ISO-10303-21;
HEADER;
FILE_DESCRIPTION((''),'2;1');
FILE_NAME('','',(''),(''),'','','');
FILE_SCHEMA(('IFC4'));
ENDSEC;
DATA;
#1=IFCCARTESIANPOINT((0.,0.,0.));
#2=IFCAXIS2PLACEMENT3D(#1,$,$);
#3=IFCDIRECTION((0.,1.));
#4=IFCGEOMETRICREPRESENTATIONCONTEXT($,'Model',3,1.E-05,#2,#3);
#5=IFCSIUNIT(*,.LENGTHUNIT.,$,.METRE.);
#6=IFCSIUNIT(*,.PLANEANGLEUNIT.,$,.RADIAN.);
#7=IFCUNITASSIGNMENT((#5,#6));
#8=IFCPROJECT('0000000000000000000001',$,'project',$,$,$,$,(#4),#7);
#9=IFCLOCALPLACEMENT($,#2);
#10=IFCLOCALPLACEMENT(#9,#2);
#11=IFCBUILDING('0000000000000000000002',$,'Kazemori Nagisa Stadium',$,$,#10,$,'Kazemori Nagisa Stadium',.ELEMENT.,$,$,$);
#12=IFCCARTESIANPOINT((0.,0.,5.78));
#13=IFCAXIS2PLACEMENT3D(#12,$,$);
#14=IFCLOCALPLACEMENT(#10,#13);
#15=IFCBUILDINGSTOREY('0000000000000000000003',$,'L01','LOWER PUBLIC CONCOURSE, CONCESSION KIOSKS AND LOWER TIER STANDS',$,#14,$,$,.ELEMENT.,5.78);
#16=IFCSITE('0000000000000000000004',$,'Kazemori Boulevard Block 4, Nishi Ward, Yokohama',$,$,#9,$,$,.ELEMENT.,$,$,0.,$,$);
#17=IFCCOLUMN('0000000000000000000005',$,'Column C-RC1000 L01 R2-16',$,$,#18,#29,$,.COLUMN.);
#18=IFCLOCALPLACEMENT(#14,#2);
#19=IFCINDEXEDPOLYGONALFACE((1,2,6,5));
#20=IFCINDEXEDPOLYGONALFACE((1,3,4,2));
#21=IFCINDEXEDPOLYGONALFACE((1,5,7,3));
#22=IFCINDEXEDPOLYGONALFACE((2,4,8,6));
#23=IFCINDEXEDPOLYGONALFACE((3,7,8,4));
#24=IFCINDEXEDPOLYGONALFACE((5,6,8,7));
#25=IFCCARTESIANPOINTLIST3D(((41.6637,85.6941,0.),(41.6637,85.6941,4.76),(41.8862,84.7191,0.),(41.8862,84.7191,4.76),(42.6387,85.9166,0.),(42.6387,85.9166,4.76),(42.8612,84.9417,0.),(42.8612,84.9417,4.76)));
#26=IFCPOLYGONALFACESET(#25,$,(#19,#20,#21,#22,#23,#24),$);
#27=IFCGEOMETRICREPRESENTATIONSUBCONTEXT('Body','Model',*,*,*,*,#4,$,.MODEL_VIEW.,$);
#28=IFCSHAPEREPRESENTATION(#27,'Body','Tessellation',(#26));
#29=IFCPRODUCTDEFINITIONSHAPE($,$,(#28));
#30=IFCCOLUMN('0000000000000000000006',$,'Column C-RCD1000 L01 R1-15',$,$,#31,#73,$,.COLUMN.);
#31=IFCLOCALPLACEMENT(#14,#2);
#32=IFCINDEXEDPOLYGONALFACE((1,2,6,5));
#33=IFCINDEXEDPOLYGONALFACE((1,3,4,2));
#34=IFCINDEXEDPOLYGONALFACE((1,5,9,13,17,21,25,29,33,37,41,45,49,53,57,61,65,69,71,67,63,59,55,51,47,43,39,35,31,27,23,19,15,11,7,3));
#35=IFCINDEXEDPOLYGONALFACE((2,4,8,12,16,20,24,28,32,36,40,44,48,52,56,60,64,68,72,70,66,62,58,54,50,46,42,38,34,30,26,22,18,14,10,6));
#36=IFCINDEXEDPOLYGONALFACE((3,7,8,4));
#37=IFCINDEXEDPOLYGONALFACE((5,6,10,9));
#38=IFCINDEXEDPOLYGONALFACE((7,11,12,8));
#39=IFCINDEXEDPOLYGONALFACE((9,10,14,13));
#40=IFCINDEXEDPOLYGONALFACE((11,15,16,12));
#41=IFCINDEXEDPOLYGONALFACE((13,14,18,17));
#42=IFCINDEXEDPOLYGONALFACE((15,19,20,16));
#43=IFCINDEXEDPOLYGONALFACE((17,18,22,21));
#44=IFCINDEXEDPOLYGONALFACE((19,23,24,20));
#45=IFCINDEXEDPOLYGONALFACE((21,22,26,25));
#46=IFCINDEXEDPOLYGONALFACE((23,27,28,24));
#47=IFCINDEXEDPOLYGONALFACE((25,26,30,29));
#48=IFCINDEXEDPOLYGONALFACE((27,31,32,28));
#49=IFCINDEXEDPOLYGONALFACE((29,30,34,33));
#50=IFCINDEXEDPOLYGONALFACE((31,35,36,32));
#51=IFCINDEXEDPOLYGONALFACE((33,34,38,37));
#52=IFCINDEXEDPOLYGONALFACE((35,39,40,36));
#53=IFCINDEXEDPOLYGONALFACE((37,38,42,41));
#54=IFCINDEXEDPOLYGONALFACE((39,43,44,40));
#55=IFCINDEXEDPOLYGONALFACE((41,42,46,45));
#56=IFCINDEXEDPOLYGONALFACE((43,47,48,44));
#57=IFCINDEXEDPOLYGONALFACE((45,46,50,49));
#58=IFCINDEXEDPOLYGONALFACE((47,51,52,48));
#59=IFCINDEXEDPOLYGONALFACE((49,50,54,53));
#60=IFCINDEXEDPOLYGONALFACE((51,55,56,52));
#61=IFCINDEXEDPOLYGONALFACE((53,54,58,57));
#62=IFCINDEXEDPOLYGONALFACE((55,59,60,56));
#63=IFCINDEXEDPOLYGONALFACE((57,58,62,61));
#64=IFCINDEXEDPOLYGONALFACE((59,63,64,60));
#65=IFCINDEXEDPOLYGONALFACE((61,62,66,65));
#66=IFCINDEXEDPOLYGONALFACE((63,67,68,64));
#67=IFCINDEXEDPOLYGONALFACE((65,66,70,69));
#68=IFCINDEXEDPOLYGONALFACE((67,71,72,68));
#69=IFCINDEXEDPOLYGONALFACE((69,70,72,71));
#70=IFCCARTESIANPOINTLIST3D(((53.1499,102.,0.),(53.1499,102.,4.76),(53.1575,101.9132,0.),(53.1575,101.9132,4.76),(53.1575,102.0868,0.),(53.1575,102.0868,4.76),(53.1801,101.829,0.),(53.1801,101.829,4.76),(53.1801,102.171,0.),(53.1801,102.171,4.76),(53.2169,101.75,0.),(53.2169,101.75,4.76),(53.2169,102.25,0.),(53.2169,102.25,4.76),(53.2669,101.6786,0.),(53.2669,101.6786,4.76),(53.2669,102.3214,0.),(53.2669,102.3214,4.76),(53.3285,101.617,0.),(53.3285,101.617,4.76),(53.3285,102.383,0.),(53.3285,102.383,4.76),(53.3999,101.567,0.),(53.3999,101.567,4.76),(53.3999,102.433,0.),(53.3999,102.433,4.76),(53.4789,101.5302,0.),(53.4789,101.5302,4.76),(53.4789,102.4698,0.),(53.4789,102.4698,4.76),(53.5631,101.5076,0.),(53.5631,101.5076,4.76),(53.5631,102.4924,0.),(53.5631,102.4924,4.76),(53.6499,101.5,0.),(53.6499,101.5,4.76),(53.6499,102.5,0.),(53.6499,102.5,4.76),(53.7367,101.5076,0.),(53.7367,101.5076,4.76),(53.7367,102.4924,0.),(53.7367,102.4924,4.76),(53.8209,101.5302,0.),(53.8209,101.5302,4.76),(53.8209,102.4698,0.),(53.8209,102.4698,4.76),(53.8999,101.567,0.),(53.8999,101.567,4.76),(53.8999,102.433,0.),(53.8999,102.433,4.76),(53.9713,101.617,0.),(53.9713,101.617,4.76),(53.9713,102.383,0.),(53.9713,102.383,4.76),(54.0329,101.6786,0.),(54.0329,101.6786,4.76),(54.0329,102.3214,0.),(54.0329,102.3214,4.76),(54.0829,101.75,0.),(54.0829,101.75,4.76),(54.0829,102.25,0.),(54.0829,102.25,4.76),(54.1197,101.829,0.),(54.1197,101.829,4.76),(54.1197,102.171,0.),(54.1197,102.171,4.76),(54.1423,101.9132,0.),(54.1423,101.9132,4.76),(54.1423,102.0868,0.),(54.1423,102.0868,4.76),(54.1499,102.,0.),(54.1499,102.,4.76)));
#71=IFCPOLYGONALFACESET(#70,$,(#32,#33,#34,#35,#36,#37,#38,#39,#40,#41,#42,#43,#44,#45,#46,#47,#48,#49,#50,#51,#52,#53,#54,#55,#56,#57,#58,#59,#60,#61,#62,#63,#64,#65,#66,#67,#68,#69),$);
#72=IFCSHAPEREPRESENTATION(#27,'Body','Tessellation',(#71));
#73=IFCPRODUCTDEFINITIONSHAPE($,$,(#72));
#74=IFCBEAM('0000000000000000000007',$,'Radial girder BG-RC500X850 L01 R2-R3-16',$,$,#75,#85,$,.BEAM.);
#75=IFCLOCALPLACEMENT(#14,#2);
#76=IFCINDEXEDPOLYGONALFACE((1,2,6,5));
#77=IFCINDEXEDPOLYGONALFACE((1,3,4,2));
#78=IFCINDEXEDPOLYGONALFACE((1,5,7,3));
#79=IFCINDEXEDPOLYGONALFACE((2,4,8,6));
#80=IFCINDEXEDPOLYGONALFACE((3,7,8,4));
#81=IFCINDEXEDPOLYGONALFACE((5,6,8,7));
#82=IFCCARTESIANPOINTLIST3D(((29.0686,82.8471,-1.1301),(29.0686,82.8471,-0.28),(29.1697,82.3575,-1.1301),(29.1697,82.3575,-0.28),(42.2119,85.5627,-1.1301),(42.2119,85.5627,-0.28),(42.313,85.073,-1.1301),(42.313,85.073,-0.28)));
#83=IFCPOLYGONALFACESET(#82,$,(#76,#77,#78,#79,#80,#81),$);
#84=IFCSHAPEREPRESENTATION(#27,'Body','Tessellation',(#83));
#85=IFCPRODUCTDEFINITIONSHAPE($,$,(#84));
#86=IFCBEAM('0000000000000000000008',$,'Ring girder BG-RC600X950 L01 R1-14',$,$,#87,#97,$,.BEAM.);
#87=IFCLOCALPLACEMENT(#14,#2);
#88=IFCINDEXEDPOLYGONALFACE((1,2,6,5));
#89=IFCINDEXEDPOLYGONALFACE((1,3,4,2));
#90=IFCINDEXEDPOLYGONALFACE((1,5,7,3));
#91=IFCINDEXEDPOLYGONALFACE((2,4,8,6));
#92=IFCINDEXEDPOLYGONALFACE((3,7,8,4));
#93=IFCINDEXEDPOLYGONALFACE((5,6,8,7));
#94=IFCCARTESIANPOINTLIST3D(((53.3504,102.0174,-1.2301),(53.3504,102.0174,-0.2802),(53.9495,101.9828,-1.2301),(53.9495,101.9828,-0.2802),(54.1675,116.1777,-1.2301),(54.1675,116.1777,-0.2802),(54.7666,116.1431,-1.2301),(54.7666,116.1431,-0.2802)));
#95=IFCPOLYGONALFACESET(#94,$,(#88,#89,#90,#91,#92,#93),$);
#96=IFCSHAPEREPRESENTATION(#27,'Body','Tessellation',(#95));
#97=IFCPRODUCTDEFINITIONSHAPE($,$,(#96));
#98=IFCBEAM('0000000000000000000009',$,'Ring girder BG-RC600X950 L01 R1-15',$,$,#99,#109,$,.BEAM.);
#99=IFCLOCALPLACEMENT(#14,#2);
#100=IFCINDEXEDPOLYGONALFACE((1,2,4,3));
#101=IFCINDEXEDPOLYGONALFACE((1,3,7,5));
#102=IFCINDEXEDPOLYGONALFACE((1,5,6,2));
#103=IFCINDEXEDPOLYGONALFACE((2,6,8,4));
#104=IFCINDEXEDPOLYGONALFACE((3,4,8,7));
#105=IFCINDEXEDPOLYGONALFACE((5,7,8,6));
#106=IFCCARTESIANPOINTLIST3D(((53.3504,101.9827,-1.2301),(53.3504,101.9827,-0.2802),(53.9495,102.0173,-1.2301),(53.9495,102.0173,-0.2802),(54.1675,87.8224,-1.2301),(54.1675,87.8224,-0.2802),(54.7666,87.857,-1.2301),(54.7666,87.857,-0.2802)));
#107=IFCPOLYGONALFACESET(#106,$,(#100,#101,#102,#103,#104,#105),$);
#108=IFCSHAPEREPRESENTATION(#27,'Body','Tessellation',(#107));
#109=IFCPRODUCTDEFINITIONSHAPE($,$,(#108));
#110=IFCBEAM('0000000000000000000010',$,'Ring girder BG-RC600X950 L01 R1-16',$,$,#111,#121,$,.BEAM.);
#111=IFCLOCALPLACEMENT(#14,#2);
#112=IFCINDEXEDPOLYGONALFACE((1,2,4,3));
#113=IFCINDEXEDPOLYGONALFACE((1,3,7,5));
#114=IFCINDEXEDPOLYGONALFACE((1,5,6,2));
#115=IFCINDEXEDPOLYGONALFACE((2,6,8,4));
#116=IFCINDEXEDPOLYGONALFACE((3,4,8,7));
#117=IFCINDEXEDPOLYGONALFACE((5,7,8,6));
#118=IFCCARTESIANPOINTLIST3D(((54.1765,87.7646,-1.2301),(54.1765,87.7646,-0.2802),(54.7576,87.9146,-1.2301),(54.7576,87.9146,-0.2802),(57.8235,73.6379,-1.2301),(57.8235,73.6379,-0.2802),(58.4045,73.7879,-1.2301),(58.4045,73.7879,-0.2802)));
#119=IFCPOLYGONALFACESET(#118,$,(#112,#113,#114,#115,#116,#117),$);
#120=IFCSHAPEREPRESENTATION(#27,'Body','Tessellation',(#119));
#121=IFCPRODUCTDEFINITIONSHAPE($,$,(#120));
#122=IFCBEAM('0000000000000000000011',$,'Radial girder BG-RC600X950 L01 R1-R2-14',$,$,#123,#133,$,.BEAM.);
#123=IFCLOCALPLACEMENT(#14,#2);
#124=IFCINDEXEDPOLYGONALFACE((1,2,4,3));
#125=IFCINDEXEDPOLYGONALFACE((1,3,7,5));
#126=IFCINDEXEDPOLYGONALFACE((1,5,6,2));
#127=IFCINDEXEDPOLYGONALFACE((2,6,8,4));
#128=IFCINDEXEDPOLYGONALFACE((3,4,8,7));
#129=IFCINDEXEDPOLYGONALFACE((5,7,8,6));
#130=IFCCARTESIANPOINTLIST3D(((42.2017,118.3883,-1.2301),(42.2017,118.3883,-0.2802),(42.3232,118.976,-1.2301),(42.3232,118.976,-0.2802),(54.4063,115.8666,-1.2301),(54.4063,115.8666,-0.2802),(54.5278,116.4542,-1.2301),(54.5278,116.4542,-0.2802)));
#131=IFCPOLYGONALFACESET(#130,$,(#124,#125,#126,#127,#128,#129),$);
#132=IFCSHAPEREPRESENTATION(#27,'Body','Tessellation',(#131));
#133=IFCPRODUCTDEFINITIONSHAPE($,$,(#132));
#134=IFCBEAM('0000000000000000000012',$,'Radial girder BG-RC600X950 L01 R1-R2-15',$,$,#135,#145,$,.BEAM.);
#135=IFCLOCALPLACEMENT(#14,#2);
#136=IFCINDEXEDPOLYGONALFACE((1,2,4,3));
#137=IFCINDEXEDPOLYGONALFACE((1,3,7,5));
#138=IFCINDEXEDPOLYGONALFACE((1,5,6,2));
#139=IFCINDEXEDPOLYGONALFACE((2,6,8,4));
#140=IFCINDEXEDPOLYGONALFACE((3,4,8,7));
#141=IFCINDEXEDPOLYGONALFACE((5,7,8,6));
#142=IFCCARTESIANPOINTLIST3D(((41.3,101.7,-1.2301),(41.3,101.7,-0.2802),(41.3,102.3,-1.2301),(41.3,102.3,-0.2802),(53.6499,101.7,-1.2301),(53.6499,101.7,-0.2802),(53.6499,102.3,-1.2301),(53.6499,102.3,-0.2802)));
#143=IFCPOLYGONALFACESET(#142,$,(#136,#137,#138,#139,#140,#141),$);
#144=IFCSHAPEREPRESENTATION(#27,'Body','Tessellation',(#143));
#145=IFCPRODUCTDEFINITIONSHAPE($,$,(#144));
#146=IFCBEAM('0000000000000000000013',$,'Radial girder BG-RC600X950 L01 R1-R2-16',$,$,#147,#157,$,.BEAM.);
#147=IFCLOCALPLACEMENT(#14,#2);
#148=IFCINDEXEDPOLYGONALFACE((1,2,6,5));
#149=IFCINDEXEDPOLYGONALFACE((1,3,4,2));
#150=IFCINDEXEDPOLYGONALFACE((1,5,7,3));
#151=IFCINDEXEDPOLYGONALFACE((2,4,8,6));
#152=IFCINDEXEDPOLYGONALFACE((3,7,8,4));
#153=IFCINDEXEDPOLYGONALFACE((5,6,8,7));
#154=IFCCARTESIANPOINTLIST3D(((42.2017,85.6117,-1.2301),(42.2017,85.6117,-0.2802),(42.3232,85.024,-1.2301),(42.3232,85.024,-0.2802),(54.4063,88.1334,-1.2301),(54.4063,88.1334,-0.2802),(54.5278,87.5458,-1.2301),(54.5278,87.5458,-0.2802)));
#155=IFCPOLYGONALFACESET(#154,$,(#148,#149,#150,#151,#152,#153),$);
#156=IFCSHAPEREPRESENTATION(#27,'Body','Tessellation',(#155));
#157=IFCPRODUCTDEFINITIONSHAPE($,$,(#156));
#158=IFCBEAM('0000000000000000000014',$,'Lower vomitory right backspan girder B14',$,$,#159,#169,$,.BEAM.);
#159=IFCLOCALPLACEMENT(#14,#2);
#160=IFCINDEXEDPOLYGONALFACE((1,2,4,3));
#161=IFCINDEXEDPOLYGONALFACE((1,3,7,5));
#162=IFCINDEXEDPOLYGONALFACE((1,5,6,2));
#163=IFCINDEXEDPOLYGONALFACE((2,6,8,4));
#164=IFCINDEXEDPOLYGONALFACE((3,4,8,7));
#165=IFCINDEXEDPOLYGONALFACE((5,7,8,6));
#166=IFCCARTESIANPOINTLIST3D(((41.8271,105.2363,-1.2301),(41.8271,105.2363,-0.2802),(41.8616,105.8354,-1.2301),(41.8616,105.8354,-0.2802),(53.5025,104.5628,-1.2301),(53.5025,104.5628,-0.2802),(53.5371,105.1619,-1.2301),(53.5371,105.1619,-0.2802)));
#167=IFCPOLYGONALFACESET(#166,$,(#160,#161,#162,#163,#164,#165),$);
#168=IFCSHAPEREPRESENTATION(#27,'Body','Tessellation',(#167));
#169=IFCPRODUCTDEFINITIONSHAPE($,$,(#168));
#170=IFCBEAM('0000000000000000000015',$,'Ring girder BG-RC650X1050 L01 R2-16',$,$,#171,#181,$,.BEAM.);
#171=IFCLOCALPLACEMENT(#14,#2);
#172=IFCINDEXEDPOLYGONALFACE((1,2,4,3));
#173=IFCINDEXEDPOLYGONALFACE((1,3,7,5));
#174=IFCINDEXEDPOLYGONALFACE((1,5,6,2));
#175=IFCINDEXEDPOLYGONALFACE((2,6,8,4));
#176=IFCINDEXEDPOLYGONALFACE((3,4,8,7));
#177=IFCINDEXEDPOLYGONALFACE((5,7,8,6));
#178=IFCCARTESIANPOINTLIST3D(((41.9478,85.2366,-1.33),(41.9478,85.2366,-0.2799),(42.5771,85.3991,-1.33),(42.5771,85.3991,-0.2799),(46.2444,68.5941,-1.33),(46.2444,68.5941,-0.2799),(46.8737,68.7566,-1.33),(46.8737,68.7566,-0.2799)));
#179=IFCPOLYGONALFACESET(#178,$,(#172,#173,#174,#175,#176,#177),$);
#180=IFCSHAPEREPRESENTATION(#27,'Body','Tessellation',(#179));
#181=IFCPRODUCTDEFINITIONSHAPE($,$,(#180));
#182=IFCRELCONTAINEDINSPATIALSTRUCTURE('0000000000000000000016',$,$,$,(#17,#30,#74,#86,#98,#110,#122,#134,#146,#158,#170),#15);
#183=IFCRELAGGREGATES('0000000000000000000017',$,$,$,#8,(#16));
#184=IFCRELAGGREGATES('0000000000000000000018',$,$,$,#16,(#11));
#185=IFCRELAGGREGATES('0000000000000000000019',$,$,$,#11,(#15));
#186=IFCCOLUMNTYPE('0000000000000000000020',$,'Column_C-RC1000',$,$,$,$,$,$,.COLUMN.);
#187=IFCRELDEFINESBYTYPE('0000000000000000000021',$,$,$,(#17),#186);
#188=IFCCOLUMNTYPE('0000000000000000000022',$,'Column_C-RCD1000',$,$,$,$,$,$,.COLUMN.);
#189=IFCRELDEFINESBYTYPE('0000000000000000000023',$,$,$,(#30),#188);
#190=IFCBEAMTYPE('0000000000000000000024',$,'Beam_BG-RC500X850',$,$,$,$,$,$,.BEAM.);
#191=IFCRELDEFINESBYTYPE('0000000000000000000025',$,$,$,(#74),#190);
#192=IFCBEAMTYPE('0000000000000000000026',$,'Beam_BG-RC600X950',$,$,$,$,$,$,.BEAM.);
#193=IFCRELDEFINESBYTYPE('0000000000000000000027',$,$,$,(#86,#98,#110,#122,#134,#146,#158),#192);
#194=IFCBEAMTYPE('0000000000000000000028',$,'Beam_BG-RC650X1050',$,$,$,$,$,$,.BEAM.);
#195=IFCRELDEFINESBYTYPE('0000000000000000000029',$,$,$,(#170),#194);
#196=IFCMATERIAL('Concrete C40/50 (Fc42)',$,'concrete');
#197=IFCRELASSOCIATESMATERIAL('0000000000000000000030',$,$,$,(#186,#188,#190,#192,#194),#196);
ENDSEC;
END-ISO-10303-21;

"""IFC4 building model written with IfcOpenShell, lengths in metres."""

from ifc_helpers import new_model, si_unit, direction, frame, origin, origin_2d, place, context, subcontext, project, spatial, rectangle, circle, extrude, material, material_profile, profile_set, type_object, element, save


model = new_model("IFC4")

# Units and contexts
model_context = context("Model", 3, precision=1e-05, world=origin(), true_north=direction((0.0, 1.0)))
body_context = subcontext(model_context, "Body", "Model", "MODEL_VIEW")
ifc_project = project(units=[si_unit("LENGTHUNIT", "METRE"), si_unit("PLANEANGLEUNIT", "RADIAN")], contexts=[model_context])

# Site, building, storey
site_placement = place(None, origin())
site = spatial("IfcSite", under=ifc_project, at=site_placement, Name="Kazemori Boulevard Block 4, Nishi Ward, Yokohama", CompositionType="ELEMENT", RefElevation=0.0)
building_placement = place(site_placement, origin())
building = spatial("IfcBuilding", under=site, at=building_placement, Name="Kazemori Nagisa Stadium", LongName="Kazemori Nagisa Stadium", CompositionType="ELEMENT")
storey_placement = place(building_placement, frame((0.0, 0.0, 5.78)))
storey = spatial("IfcBuildingStorey", under=building, at=storey_placement, Name="L01", Description="LOWER PUBLIC CONCOURSE, CONCESSION KIOSKS AND LOWER TIER STANDS", CompositionType="ELEMENT", Elevation=5.78)

# Columns
ifc_material_1 = material(Name="Concrete C40/50 (Fc42)", Category="concrete")
ifc_material_profile_1 = material_profile(ifc_material_1, rectangle(XDim=1.0, YDim=1.0, at=origin_2d()), Name="RC-COL-1000x1000")
ifc_profile_set_1 = profile_set([ifc_material_profile_1], Name="Concrete C40/50 (Fc42)")
column_type_1 = type_object("IfcColumnType", Name="Column_C-RC1000", PredefinedType="COLUMN", material=ifc_profile_set_1)
column_placement = place(storey_placement, frame((42.2625, 85.3179, 0.0), z_axis=(0.0, 0.0, 1.0), x_axis=(-0.974928, -0.222521, 0.0)))
element("IfcColumn", 1, at=column_placement, inside=storey, type_object=column_type_1, Name="Column C-RC1000 L01 R2-16", PredefinedType="COLUMN", context=body_context, shape_type="SweptSolid", body=[
    extrude(rectangle(XDim=1.0, YDim=1.0, at=origin_2d()), origin(), (0.0, 0.0, 1.0), 4.76),
])
ifc_material_profile_2 = material_profile(ifc_material_1, circle(Radius=0.5, at=origin_2d()), Name="RC-COL-D1000")
ifc_profile_set_2 = profile_set([ifc_material_profile_2], Name="Concrete C40/50 (Fc42)")
column_type_2 = type_object("IfcColumnType", Name="Column_C-RCD1000", PredefinedType="COLUMN", material=ifc_profile_set_2)
for number, where, z_axis, x_axis, name in (
    (2, (53.6499, 102.0, 0.0), (0.0, 0.0, 1.0), (-1.0, 0.0, 0.0), "Column C-RCD1000 L01 R1-15"),
):
    element("IfcColumn", number, at=place(storey_placement, frame(where, z_axis=z_axis, x_axis=x_axis)), inside=storey, type_object=column_type_2, Name=name, PredefinedType="COLUMN", context=body_context, shape_type="SweptSolid", body=[
        extrude(circle(Radius=0.5, at=origin_2d()), origin(), (0.0, 0.0, 1.0), 4.76),
    ])

# Beams
ifc_material_profile_3 = material_profile(ifc_material_1, rectangle(XDim=0.5, YDim=0.8501, at=origin_2d()), Name="RC-BM-500x850")
ifc_profile_set_3 = profile_set([ifc_material_profile_3], Name="Concrete C40/50 (Fc42)")
beam_type_1 = type_object("IfcBeamType", Name="Beam_BG-RC500X850", PredefinedType="BEAM", material=ifc_profile_set_3)
beam_1_placement = place(storey_placement, frame((42.2625, 85.3179, -0.7051), z_axis=(-0.979316, -0.202339, 0.0), x_axis=(0.202339, -0.979316, 0.0)))
element("IfcBeam", 3, at=beam_1_placement, inside=storey, type_object=beam_type_1, Name="Radial girder BG-RC500X850 L01 R2-R3-16", PredefinedType="BEAM", context=body_context, shape_type="SweptSolid", body=[
    extrude(rectangle(XDim=0.5, YDim=0.8501, at=origin_2d()), origin(), (0.0, 0.0, 1.0), 13.4209),
])
ifc_material_profile_4 = material_profile(ifc_material_1, rectangle(XDim=0.6001, YDim=0.95, at=origin_2d()), Name="RC-BM-600x950")
ifc_profile_set_4 = profile_set([ifc_material_profile_4], Name="Concrete C40/50 (Fc42)")
beam_type_2 = type_object("IfcBeamType", Name="Beam_BG-RC600X950", PredefinedType="BEAM", material=ifc_profile_set_4)
for number, where, z_axis, x_axis, name in (
    (4, (54.467, 116.1604, -0.7551), (-0.05761, -0.998339, 0.0), (0.998339, -0.05761, 0.0), "Ring girder BG-RC600X950 L01 R1-14"),
    (5, (53.6499, 102.0, -0.7551), (0.05761, -0.998339, 0.0), (0.998339, 0.05761, 0.0), "Ring girder BG-RC600X950 L01 R1-15"),
):
    element("IfcBeam", number, at=place(storey_placement, frame(where, z_axis=z_axis, x_axis=x_axis)), inside=storey, type_object=beam_type_2, Name=name, PredefinedType="BEAM", context=body_context, shape_type="SweptSolid", body=[
        extrude(rectangle(XDim=0.6001, YDim=0.95, at=origin_2d()), origin(), (0.0, 0.0, 1.0), 14.1838),
    ])
beam_2_placement = place(storey_placement, frame((54.467, 87.8396, -0.7551), z_axis=(0.249966, -0.968255, 0.0), x_axis=(0.968255, 0.249966, 0.0)))
element("IfcBeam", 6, at=beam_2_placement, inside=storey, type_object=beam_type_2, Name="Ring girder BG-RC600X950 L01 R1-16", PredefinedType="BEAM", context=body_context, shape_type="SweptSolid", body=[
    extrude(rectangle(XDim=0.6001, YDim=0.95, at=origin_2d()), origin(), (0.0, 0.0, 1.0), 14.5898),
])
beam_3_placement = place(storey_placement, frame((54.467, 116.1604, -0.7551), z_axis=(-0.979314, 0.202347, 0.0), x_axis=(-0.202347, -0.979314, 0.0)))
element("IfcBeam", 7, at=beam_3_placement, inside=storey, type_object=beam_type_2, Name="Radial girder BG-RC600X950 L01 R1-R2-14", PredefinedType="BEAM", context=body_context, shape_type="SweptSolid", body=[
    extrude(rectangle(XDim=0.6001, YDim=0.95, at=origin_2d()), origin(), (0.0, 0.0, 1.0), 12.4624),
])
beam_4_placement = place(storey_placement, frame((53.6499, 102.0, -0.7551), z_axis=(-1.0, 0.0, 0.0), x_axis=(0.0, -1.0, 0.0)))
element("IfcBeam", 8, at=beam_4_placement, inside=storey, type_object=beam_type_2, Name="Radial girder BG-RC600X950 L01 R1-R2-15", PredefinedType="BEAM", context=body_context, shape_type="SweptSolid", body=[
    extrude(rectangle(XDim=0.6001, YDim=0.95, at=origin_2d()), origin(), (0.0, 0.0, 1.0), 12.3499),
])
beam_5_placement = place(storey_placement, frame((54.467, 87.8396, -0.7551), z_axis=(-0.979314, -0.202347, 0.0), x_axis=(0.202347, -0.979314, 0.0)))
element("IfcBeam", 9, at=beam_5_placement, inside=storey, type_object=beam_type_2, Name="Radial girder BG-RC600X950 L01 R1-R2-16", PredefinedType="BEAM", context=body_context, shape_type="SweptSolid", body=[
    extrude(rectangle(XDim=0.6001, YDim=0.95, at=origin_2d()), origin(), (0.0, 0.0, 1.0), 12.4624),
])
beam_6_placement = place(storey_placement, frame((53.5198, 104.8623, -0.7551), z_axis=(-0.99834, 0.057597, 0.0), x_axis=(-0.057597, -0.99834, 0.0)))
element("IfcBeam", 10, at=beam_6_placement, inside=storey, type_object=beam_type_2, Name="Lower vomitory right backspan girder B14", PredefinedType="BEAM", context=body_context, shape_type="SweptSolid", body=[
    extrude(rectangle(XDim=0.6001, YDim=0.95, at=origin_2d()), origin(), (0.0, 0.0, 1.0), 11.6948),
])
ifc_material_profile_5 = material_profile(ifc_material_1, rectangle(XDim=0.6499, YDim=1.05, at=origin_2d()), Name="RC-BM-650x1050")
ifc_profile_set_5 = profile_set([ifc_material_profile_5], Name="Concrete C40/50 (Fc42)")
beam_type_3 = type_object("IfcBeamType", Name="Beam_BG-RC650X1050", PredefinedType="BEAM", material=ifc_profile_set_5)
beam_7_placement = place(storey_placement, frame((42.2625, 85.3179, -0.8049), z_axis=(0.249975, -0.968252, 0.0), x_axis=(0.968252, 0.249975, 0.0)))
element("IfcBeam", 11, at=beam_7_placement, inside=storey, type_object=beam_type_3, Name="Ring girder BG-RC650X1050 L01 R2-16", PredefinedType="BEAM", context=body_context, shape_type="SweptSolid", body=[
    extrude(rectangle(XDim=0.6499, YDim=1.05, at=origin_2d()), origin(), (0.0, 0.0, 1.0), 17.1882),
])

save(model, "model.ifc")
